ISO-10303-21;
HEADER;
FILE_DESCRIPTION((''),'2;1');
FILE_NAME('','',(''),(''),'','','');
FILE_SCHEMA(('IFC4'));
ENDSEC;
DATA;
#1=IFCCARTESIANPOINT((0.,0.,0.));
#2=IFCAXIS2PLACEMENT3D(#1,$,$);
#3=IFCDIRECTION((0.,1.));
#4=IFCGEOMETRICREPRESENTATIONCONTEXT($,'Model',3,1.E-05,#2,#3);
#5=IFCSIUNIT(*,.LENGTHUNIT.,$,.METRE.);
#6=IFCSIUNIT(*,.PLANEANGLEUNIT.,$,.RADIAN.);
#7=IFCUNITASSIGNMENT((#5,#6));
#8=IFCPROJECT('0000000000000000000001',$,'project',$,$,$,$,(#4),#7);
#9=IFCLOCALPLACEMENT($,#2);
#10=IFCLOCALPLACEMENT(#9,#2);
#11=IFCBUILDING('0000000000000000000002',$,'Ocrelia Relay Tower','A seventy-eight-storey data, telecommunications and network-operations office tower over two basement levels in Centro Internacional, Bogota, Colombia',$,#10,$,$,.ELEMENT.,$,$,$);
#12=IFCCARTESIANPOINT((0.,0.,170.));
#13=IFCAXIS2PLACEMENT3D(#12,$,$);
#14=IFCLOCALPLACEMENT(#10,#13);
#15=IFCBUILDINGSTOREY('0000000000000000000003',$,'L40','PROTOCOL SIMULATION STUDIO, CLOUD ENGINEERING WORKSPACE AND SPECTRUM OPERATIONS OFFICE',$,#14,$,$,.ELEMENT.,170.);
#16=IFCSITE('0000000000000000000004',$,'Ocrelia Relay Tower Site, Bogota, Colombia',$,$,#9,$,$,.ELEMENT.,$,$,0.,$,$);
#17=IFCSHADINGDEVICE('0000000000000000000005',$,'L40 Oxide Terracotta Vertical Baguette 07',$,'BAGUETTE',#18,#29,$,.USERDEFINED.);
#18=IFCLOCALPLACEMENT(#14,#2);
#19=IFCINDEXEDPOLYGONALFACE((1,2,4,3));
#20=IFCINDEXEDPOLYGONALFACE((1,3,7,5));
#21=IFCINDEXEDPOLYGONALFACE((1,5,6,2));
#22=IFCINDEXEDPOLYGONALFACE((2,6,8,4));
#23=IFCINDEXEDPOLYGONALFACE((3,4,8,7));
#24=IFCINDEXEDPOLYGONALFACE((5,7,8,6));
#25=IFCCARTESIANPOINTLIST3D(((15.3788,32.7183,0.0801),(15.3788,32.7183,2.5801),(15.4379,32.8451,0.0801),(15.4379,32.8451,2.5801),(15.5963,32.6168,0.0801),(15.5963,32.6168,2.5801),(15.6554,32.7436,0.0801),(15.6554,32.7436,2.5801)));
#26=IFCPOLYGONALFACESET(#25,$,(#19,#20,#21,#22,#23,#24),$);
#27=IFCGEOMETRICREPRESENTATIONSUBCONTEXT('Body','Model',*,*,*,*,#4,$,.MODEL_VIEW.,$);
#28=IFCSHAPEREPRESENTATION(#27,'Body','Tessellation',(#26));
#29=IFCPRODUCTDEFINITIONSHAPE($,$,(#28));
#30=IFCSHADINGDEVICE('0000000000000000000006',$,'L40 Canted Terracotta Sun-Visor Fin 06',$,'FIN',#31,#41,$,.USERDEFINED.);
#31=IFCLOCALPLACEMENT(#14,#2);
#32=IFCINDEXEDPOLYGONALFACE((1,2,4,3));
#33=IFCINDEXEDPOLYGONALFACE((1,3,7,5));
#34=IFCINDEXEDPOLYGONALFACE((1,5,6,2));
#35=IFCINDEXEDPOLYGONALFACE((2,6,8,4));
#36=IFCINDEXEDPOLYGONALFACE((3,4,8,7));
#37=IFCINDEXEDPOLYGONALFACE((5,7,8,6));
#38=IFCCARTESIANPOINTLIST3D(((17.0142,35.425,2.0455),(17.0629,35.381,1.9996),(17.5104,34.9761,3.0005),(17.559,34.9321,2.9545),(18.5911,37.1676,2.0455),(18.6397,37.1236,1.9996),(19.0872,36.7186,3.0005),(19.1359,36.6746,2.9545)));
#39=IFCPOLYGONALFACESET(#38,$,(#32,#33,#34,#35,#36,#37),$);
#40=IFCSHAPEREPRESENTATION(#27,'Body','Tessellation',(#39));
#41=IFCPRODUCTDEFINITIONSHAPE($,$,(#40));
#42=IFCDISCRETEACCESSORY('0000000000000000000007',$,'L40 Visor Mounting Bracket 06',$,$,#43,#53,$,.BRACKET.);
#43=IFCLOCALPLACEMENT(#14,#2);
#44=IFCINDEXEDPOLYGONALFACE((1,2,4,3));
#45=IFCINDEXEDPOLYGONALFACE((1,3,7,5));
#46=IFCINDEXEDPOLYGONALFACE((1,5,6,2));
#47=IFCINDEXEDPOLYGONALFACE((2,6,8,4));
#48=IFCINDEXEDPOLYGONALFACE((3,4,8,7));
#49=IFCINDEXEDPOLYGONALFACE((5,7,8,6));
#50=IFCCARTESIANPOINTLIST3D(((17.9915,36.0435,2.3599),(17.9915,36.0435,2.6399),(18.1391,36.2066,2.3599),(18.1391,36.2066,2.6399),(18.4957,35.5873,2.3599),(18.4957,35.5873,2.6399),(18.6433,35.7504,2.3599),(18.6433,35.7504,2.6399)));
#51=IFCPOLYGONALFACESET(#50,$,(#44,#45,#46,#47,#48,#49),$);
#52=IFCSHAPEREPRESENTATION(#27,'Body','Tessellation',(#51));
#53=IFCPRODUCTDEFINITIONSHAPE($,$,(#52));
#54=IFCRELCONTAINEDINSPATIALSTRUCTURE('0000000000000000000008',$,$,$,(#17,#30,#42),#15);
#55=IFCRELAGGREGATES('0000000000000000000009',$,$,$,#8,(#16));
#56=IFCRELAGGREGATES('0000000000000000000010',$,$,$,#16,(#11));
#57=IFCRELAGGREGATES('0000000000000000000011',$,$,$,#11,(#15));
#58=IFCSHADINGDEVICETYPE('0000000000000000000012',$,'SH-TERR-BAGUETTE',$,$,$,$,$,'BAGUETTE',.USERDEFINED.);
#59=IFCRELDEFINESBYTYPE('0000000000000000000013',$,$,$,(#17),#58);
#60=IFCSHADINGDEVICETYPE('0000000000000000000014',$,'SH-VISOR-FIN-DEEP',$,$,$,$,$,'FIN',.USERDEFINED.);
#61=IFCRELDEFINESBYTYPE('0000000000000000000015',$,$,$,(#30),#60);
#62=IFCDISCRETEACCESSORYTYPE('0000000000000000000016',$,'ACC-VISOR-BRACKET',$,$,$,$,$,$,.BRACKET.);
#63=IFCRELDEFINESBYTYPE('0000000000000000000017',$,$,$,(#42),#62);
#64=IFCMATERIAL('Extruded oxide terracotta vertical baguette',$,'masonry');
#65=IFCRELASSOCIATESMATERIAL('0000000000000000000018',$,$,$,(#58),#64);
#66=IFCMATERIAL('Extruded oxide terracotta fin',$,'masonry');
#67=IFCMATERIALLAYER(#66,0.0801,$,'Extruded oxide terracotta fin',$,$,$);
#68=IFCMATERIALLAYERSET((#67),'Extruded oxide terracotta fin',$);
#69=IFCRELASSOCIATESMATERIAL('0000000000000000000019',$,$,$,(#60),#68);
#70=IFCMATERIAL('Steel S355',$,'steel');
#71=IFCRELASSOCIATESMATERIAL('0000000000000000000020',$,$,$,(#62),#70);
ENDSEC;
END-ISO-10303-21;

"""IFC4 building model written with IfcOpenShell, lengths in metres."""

from ifc_helpers import new_model, si_unit, direction, frame, origin, origin_2d, place, context, subcontext, project, spatial, rectangle, extrude, material, layer, layer_set, type_object, element, save


model = new_model("IFC4")

# Units and contexts
model_context = context("Model", 3, precision=1e-05, world=origin(), true_north=direction((0.0, 1.0)))
body_context = subcontext(model_context, "Body", "Model", "MODEL_VIEW")
ifc_project = project(units=[si_unit("LENGTHUNIT", "METRE"), si_unit("PLANEANGLEUNIT", "RADIAN")], contexts=[model_context])

# Site, building, storey
site_placement = place(None, origin())
site = spatial("IfcSite", under=ifc_project, at=site_placement, Name="Ocrelia Relay Tower Site, Bogota, Colombia", CompositionType="ELEMENT", RefElevation=0.0)
building_placement = place(site_placement, origin())
building = spatial("IfcBuilding", under=site, at=building_placement, Name="Ocrelia Relay Tower", Description="A seventy-eight-storey data, telecommunications and network-operations office tower over two basement levels in Centro Internacional, Bogota, Colombia", CompositionType="ELEMENT")
storey_placement = place(building_placement, frame((0.0, 0.0, 170.0)))
storey = spatial("IfcBuildingStorey", under=building, at=storey_placement, Name="L40", Description="PROTOCOL SIMULATION STUDIO, CLOUD ENGINEERING WORKSPACE AND SPECTRUM OPERATIONS OFFICE", CompositionType="ELEMENT", Elevation=170.0)

# Shared definitions
ifc_material_1 = material(Name="Steel S355", Category="steel")

# Shading devices
ifc_material_2 = material(Name="Extruded oxide terracotta vertical baguette", Category="masonry")
shading_device_type_1 = type_object("IfcShadingDeviceType", Name="SH-TERR-BAGUETTE", ElementType="BAGUETTE", PredefinedType="USERDEFINED", material=ifc_material_2)
shading_device_1_placement = place(storey_placement, frame((15.5171, 32.731, 0.0801), z_axis=(0.0, 0.0, 1.0), x_axis=(-0.422694, -0.906273, 0.0)))
element("IfcShadingDevice", 1, at=shading_device_1_placement, inside=storey, type_object=shading_device_type_1, Name="L40 Oxide Terracotta Vertical Baguette 07", ObjectType="BAGUETTE", PredefinedType="USERDEFINED", context=body_context, shape_type="SweptSolid", body=[
    extrude(rectangle(XDim=0.1399, YDim=0.24, at=origin_2d()), origin(), (0.0, 0.0, 1.0), 2.5),
])
ifc_material_3 = material(Name="Extruded oxide terracotta fin", Category="masonry")
ifc_layer_1 = layer(ifc_material_3, 0.0801, Name="Extruded oxide terracotta fin")
ifc_layer_set_1 = layer_set([ifc_layer_1], Name="Extruded oxide terracotta fin")
shading_device_type_2 = type_object("IfcShadingDeviceType", Name="SH-VISOR-FIN-DEEP", ElementType="FIN", PredefinedType="USERDEFINED", material=ifc_layer_set_1)
shading_device_2_placement = place(storey_placement, frame((18.0994, 36.0278, 2.4771), z_axis=(-0.607246, 0.549485, 0.573862), x_axis=(-0.670962, -0.741492, 0.0)))
element("IfcShadingDevice", 2, at=shading_device_2_placement, inside=storey, type_object=shading_device_type_2, Name="L40 Canted Terracotta Sun-Visor Fin 06", ObjectType="FIN", PredefinedType="USERDEFINED", context=body_context, shape_type="SweptSolid", body=[
    extrude(rectangle(XDim=2.3501, YDim=1.166, at=origin_2d()), origin(), (0.0, 0.0, 1.0), 0.0801),
])

# Discrete accessory
discrete_accessory_type = type_object("IfcDiscreteAccessoryType", Name="ACC-VISOR-BRACKET", PredefinedType="BRACKET", material=ifc_material_1)
discrete_accessory_placement = place(storey_placement, frame((18.3174, 35.897, 2.3599), z_axis=(0.0, 0.0, 1.0), x_axis=(-0.670962, -0.741492, 0.0)))
element("IfcDiscreteAccessory", 3, at=discrete_accessory_placement, inside=storey, type_object=discrete_accessory_type, Name="L40 Visor Mounting Bracket 06", PredefinedType="BRACKET", context=body_context, shape_type="SweptSolid", body=[
    extrude(rectangle(XDim=0.22, YDim=0.6799, at=origin_2d()), origin(), (0.0, 0.0, 1.0), 0.28),
])

save(model, "model.ifc")
